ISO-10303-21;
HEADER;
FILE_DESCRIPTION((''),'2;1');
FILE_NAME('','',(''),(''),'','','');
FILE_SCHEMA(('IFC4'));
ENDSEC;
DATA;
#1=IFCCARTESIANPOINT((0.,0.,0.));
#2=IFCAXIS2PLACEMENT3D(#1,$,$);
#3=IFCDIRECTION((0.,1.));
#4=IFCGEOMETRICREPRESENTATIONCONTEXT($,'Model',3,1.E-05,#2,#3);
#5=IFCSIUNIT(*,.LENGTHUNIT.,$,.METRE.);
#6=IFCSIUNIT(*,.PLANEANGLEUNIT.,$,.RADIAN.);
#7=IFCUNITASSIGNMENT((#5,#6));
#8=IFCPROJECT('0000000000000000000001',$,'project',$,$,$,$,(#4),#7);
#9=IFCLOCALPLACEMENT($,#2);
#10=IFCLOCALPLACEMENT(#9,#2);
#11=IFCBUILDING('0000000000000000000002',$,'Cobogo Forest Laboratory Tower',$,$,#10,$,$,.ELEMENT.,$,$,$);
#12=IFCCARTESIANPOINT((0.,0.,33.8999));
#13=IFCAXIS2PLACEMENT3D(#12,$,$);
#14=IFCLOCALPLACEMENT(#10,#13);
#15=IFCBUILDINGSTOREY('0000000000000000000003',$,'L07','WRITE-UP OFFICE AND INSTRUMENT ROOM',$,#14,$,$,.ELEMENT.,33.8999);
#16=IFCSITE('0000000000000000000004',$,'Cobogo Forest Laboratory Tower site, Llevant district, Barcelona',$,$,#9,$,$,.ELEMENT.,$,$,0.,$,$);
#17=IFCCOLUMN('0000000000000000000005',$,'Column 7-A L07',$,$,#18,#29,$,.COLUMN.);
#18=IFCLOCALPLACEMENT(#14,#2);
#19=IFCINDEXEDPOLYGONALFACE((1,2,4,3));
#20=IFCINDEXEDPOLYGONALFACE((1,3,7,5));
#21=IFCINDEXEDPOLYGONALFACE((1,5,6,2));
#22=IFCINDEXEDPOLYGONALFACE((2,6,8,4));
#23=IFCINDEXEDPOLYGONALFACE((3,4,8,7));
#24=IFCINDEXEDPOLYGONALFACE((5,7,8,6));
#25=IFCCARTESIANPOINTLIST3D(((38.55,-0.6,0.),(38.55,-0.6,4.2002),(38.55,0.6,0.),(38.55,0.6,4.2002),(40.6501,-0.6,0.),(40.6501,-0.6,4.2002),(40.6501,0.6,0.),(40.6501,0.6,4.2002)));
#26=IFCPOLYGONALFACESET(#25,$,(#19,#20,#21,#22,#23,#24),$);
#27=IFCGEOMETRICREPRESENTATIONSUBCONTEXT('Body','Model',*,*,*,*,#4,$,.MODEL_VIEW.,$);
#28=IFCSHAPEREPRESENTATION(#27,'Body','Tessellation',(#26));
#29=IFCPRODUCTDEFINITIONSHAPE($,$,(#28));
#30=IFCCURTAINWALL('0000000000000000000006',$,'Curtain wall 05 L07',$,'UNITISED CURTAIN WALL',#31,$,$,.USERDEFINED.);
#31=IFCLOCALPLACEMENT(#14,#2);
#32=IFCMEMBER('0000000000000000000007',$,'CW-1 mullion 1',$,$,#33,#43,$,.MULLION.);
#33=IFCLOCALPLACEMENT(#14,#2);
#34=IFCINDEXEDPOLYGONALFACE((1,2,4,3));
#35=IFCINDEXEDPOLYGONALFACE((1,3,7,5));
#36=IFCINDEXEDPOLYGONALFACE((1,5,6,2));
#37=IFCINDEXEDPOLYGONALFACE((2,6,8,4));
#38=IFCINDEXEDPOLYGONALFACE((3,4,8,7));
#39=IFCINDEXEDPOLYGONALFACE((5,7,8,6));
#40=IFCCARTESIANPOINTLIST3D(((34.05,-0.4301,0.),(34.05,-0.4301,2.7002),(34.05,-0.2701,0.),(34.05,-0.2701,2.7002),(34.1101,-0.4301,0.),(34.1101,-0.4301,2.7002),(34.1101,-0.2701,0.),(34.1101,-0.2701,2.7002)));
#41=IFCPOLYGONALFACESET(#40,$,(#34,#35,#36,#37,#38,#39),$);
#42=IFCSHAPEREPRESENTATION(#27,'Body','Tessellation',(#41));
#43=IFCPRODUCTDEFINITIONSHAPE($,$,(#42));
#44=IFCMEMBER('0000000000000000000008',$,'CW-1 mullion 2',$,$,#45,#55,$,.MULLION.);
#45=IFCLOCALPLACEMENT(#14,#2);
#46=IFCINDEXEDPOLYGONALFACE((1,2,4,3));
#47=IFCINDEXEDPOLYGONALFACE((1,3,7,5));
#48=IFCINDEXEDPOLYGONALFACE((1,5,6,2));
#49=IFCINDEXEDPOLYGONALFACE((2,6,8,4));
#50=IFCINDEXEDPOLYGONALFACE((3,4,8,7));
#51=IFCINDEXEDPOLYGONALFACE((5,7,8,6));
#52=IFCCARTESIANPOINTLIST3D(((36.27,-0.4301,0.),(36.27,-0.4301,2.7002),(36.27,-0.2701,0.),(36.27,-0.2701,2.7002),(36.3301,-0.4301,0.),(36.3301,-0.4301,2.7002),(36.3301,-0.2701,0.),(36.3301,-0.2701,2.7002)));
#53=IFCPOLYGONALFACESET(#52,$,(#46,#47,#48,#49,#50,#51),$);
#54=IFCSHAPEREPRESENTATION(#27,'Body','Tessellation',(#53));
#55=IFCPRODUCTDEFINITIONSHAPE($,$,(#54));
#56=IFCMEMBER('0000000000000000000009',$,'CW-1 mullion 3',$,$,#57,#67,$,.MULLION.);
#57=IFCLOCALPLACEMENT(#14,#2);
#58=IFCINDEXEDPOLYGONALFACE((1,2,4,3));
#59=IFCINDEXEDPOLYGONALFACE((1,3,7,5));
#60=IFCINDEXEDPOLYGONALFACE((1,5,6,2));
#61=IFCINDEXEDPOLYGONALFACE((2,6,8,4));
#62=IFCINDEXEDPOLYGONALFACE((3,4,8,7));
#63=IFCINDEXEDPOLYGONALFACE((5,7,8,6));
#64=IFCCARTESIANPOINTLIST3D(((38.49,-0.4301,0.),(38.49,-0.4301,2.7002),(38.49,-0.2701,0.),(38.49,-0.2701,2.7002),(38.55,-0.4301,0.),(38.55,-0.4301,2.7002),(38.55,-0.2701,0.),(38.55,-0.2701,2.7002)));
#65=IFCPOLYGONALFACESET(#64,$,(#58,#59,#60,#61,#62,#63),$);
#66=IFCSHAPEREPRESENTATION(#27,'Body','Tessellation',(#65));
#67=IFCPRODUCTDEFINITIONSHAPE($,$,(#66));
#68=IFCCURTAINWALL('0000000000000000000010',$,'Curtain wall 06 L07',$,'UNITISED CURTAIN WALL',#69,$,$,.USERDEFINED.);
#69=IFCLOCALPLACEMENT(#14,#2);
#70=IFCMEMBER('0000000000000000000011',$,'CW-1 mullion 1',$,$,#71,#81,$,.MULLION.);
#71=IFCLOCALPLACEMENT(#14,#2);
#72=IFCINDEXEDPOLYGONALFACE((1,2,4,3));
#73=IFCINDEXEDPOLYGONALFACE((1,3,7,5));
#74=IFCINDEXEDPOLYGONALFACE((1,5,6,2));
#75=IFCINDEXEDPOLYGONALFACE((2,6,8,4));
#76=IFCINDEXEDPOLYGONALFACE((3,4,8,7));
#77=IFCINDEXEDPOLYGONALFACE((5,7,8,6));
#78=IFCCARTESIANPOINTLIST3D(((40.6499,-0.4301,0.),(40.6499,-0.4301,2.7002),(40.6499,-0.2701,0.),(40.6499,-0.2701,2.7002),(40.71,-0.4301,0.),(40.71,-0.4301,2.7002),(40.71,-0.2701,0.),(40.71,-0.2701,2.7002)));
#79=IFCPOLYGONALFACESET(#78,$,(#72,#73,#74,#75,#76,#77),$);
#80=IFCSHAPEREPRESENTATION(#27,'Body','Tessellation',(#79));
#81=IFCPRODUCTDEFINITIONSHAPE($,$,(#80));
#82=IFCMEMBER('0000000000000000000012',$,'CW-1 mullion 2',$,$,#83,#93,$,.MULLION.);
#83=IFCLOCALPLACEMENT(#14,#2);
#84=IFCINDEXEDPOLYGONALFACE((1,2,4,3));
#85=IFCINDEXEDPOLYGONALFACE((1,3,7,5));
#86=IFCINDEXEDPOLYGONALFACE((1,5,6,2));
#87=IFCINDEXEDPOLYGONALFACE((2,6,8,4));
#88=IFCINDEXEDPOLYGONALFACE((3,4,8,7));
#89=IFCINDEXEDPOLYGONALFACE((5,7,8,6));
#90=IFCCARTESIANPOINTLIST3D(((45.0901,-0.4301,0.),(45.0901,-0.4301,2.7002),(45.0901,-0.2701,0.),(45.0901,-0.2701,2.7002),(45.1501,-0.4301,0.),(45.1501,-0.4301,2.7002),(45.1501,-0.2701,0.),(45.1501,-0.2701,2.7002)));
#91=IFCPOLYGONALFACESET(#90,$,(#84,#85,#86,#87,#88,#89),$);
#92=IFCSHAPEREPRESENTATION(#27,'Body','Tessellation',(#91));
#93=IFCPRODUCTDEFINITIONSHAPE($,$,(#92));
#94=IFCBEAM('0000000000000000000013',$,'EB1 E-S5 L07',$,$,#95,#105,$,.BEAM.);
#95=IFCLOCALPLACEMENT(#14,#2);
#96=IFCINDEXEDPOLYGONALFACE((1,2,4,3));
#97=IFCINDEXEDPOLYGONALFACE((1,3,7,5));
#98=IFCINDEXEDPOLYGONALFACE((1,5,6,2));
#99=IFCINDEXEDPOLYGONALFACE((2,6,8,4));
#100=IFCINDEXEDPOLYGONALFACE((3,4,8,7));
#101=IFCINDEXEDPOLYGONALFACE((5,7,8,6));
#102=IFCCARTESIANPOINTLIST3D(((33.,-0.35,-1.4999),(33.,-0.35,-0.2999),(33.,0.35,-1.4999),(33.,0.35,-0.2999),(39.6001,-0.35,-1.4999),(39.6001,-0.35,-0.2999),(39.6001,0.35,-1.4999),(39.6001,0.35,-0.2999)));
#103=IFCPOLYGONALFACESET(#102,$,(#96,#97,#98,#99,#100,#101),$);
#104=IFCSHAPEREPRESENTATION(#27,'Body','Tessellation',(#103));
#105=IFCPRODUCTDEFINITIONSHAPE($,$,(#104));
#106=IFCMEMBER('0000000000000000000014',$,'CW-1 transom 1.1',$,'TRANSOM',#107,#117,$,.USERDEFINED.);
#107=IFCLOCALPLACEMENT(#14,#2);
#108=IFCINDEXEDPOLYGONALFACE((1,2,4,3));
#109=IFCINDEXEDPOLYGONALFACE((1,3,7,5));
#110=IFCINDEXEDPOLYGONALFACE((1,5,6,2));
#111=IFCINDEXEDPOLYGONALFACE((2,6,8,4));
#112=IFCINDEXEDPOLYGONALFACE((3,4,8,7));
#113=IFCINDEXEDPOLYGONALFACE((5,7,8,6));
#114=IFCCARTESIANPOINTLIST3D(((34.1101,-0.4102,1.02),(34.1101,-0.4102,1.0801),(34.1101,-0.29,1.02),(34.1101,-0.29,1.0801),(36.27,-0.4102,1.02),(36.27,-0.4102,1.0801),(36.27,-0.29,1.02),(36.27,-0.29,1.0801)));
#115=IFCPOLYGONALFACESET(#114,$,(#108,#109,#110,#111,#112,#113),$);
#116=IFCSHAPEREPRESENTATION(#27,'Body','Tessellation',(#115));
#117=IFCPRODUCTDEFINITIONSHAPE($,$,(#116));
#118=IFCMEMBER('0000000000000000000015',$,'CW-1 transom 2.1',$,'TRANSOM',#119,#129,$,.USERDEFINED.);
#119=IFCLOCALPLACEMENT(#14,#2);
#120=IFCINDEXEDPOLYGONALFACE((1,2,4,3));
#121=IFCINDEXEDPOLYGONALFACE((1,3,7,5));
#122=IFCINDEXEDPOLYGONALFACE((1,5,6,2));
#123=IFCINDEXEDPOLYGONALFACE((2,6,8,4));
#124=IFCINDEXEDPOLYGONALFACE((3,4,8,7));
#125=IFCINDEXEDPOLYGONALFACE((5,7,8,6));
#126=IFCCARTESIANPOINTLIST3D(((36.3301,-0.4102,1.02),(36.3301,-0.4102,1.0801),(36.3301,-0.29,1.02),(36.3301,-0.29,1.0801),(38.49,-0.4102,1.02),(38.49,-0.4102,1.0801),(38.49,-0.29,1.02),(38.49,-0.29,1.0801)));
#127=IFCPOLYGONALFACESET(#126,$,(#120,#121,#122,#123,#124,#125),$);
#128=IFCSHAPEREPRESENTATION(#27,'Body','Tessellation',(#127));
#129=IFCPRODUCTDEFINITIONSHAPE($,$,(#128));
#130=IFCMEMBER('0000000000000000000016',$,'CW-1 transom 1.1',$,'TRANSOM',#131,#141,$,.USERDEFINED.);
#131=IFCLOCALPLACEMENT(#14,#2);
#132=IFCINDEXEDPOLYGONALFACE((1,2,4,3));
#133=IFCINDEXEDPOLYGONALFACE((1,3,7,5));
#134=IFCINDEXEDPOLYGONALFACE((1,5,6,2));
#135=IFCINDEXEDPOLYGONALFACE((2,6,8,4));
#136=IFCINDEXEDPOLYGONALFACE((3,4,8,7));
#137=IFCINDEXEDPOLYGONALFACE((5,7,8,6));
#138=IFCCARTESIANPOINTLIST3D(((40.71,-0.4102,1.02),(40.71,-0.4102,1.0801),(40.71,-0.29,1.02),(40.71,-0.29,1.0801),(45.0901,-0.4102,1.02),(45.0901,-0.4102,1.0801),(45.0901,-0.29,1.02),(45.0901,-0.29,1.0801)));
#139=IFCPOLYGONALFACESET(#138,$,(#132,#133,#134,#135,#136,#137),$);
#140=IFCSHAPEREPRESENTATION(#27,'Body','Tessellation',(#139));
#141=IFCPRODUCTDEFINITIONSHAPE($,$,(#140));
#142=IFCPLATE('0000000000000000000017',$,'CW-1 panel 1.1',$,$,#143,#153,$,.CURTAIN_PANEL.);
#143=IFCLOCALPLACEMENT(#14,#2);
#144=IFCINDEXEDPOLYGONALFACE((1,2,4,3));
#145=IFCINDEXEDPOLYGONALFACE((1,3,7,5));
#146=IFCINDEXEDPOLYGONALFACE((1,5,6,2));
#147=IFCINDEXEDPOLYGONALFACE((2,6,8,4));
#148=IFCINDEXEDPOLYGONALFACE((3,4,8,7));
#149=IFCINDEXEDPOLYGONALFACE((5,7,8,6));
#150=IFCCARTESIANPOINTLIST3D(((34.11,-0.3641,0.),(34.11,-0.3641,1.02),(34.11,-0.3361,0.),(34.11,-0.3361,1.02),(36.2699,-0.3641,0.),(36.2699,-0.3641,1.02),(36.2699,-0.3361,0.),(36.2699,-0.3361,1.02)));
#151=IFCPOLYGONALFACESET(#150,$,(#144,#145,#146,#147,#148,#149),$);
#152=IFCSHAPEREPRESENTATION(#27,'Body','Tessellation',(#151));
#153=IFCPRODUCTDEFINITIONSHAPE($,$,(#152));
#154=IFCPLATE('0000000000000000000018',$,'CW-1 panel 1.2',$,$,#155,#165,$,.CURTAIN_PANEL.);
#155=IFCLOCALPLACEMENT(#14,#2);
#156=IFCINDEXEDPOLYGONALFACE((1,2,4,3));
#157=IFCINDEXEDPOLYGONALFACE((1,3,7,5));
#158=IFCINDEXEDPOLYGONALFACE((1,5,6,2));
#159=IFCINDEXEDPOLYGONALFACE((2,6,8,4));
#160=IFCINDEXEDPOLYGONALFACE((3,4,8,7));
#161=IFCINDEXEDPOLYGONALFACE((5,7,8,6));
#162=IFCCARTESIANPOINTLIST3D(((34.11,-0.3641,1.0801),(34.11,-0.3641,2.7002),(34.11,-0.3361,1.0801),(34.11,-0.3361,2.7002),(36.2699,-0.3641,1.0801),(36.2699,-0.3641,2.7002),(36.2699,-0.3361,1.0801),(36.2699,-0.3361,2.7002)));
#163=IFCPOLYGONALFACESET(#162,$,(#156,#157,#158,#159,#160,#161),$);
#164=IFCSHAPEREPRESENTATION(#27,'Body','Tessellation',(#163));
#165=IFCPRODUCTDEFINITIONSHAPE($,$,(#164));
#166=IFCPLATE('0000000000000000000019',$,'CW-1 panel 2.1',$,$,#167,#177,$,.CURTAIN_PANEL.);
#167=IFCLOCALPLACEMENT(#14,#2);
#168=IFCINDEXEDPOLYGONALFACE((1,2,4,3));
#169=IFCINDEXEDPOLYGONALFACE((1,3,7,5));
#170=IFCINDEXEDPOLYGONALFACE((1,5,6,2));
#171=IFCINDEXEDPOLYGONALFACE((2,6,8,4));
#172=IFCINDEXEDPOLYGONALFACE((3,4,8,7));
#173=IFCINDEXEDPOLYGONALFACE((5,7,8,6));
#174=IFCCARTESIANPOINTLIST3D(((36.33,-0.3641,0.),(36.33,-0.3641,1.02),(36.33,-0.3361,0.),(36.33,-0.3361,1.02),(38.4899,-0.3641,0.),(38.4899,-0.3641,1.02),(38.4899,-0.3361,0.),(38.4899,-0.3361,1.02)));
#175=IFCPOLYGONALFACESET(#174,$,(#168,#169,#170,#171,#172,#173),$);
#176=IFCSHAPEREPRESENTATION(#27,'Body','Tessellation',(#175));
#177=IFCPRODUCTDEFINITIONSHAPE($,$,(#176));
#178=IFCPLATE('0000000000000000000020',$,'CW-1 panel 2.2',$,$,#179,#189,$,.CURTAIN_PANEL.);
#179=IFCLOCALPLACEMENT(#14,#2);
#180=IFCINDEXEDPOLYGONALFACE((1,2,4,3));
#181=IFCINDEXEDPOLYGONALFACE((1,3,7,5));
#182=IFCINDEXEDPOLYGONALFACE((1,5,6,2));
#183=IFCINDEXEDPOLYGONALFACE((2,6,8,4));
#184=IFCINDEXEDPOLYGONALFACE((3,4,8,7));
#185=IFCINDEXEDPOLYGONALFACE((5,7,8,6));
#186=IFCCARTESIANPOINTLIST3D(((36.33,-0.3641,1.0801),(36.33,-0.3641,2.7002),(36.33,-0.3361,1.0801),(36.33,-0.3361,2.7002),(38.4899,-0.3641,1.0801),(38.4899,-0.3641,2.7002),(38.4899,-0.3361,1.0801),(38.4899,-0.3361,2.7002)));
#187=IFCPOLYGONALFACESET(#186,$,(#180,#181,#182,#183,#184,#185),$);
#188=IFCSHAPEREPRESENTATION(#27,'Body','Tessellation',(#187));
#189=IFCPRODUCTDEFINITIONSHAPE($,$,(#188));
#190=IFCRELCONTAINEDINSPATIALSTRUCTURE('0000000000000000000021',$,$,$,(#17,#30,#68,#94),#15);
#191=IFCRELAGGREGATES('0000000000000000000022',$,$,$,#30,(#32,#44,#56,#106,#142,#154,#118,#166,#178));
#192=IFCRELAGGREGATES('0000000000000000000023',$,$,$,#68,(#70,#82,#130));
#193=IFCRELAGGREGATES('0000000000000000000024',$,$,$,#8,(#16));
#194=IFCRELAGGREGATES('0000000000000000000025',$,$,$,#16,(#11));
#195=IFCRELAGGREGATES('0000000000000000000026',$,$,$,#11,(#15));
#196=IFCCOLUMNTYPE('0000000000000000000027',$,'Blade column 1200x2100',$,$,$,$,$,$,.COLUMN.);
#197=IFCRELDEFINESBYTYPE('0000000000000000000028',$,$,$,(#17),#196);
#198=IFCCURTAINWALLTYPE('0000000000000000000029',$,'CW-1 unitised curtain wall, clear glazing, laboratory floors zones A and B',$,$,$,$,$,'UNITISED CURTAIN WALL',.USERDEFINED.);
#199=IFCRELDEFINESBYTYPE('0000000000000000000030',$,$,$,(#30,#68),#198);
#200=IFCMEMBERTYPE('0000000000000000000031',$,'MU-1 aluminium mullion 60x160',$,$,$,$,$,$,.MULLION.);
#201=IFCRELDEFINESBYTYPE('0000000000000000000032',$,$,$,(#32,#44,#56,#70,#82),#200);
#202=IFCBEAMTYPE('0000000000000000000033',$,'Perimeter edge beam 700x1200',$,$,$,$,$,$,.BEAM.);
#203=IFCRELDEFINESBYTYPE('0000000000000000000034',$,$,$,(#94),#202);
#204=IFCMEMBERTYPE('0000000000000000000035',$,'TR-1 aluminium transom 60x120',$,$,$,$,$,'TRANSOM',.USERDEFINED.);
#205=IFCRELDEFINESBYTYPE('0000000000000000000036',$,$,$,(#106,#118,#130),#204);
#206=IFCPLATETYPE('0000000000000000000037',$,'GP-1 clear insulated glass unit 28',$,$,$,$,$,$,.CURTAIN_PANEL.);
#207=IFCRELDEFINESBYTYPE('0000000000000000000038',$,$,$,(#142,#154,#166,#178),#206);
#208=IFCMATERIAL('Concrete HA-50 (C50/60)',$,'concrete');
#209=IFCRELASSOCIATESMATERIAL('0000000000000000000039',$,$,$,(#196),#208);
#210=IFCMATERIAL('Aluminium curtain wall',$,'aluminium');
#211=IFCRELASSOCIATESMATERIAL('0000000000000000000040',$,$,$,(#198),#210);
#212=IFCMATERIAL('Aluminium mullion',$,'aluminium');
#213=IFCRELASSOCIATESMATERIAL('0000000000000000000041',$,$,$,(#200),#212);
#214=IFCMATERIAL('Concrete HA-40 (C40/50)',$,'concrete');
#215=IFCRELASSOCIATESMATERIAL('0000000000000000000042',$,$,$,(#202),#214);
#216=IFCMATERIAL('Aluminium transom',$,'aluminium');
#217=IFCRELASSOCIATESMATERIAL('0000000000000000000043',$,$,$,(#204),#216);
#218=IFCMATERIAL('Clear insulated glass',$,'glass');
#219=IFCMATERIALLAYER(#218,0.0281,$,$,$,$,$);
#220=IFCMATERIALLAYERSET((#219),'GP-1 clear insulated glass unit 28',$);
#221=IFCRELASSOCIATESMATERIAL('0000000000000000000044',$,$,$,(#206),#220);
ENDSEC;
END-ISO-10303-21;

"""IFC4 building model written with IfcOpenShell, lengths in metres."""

from ifc_helpers import new_model, si_unit, direction, frame, origin, origin_2d, place, context, subcontext, project, spatial, rectangle, extrude, material, layer, layer_set, material_profile, profile_set, type_object, element, aggregate, save


model = new_model("IFC4")

# Units and contexts
model_context = context("Model", 3, precision=1e-05, world=origin(), true_north=direction((0.0, 1.0)))
body_context = subcontext(model_context, "Body", "Model", "MODEL_VIEW")
ifc_project = project(units=[si_unit("LENGTHUNIT", "METRE"), si_unit("PLANEANGLEUNIT", "RADIAN")], contexts=[model_context])

# Site, building, storey
site_placement = place(None, origin())
site = spatial("IfcSite", under=ifc_project, at=site_placement, Name="Cobogo Forest Laboratory Tower site, Llevant district, Barcelona", CompositionType="ELEMENT", RefElevation=0.0)
building_placement = place(site_placement, origin())
building = spatial("IfcBuilding", under=site, at=building_placement, Name="Cobogo Forest Laboratory Tower", CompositionType="ELEMENT")
storey_placement = place(building_placement, frame((0.0, 0.0, 33.8999)))
storey = spatial("IfcBuildingStorey", under=building, at=storey_placement, Name="L07", Description="WRITE-UP OFFICE AND INSTRUMENT ROOM", CompositionType="ELEMENT", Elevation=33.8999)

# Column
ifc_material_1 = material(Name="Concrete HA-50 (C50/60)", Category="concrete")
ifc_material_profile_1 = material_profile(ifc_material_1, rectangle(XDim=2.1001, YDim=1.2, at=origin_2d()), Name="RC 1200x2100")
ifc_profile_set_1 = profile_set([ifc_material_profile_1], Name="Concrete HA-50 (C50/60)")
column_type = type_object("IfcColumnType", Name="Blade column 1200x2100", PredefinedType="COLUMN", material=ifc_profile_set_1)
column_placement = place(storey_placement, frame((39.6001, 0.0, 0.0), z_axis=(0.0, 0.0, 1.0), x_axis=(1.0, 0.0, 0.0)))
element("IfcColumn", 1, at=column_placement, inside=storey, type_object=column_type, Name="Column 7-A L07", PredefinedType="COLUMN", context=body_context, shape_type="SweptSolid", body=[
    extrude(rectangle(XDim=2.1001, YDim=1.2, at=origin_2d()), origin(), (0.0, 0.0, 1.0), 4.2002),
])

# Curtain walls, members
ifc_material_2 = material(Name="Aluminium curtain wall", Category="aluminium")
curtain_wall_type = type_object("IfcCurtainWallType", Name="CW-1 unitised curtain wall, clear glazing, laboratory floors zones A and B", ElementType="UNITISED CURTAIN WALL", PredefinedType="USERDEFINED", material=ifc_material_2)
curtain_wall_1_placement = place(storey_placement, origin())
curtain_wall_1 = element("IfcCurtainWall", 2, at=curtain_wall_1_placement, inside=storey, type_object=curtain_wall_type, Name="Curtain wall 05 L07", ObjectType="UNITISED CURTAIN WALL", PredefinedType="USERDEFINED")
ifc_material_3 = material(Name="Aluminium mullion", Category="aluminium")
ifc_material_profile_2 = material_profile(ifc_material_3, rectangle(XDim=0.0601, YDim=0.1599, at=origin_2d()), Name="AL 60x160")
ifc_profile_set_2 = profile_set([ifc_material_profile_2], Name="Aluminium mullion")
member_type_1 = type_object("IfcMemberType", Name="MU-1 aluminium mullion 60x160", PredefinedType="MULLION", material=ifc_profile_set_2)
member_1_placement = place(storey_placement, frame((34.0801, -0.3501, 0.0), z_axis=(0.0, 0.0, 1.0), x_axis=(1.0, 0.0, 0.0)))
member_1 = element("IfcMember", 3, at=member_1_placement, type_object=member_type_1, Name="CW-1 mullion 1", PredefinedType="MULLION", context=body_context, shape_type="SweptSolid", body=[
    extrude(rectangle(XDim=0.0601, YDim=0.1599, at=origin_2d()), origin(), (0.0, 0.0, 1.0), 2.7002),
])
member_2_placement = place(storey_placement, frame((36.3, -0.3501, 0.0), z_axis=(0.0, 0.0, 1.0), x_axis=(1.0, 0.0, 0.0)))
member_2 = element("IfcMember", 4, at=member_2_placement, type_object=member_type_1, Name="CW-1 mullion 2", PredefinedType="MULLION", context=body_context, shape_type="SweptSolid", body=[
    extrude(rectangle(XDim=0.0601, YDim=0.1599, at=origin_2d()), origin(), (0.0, 0.0, 1.0), 2.7002),
])
member_3_placement = place(storey_placement, frame((38.52, -0.3501, 0.0), z_axis=(0.0, 0.0, 1.0), x_axis=(1.0, 0.0, 0.0)))
member_3 = element("IfcMember", 5, at=member_3_placement, type_object=member_type_1, Name="CW-1 mullion 3", PredefinedType="MULLION", context=body_context, shape_type="SweptSolid", body=[
    extrude(rectangle(XDim=0.0601, YDim=0.1599, at=origin_2d()), origin(), (0.0, 0.0, 1.0), 2.7002),
])
curtain_wall_2_placement = place(storey_placement, origin())
curtain_wall_2 = element("IfcCurtainWall", 6, at=curtain_wall_2_placement, inside=storey, type_object=curtain_wall_type, Name="Curtain wall 06 L07", ObjectType="UNITISED CURTAIN WALL", PredefinedType="USERDEFINED")
member_4_placement = place(storey_placement, frame((40.6799, -0.3501, 0.0), z_axis=(0.0, 0.0, 1.0), x_axis=(1.0, 0.0, 0.0)))
member_4 = element("IfcMember", 7, at=member_4_placement, type_object=member_type_1, Name="CW-1 mullion 1", PredefinedType="MULLION", context=body_context, shape_type="SweptSolid", body=[
    extrude(rectangle(XDim=0.0601, YDim=0.1599, at=origin_2d()), origin(), (0.0, 0.0, 1.0), 2.7002),
])
member_5_placement = place(storey_placement, frame((45.1201, -0.3501, 0.0), z_axis=(0.0, 0.0, 1.0), x_axis=(1.0, 0.0, 0.0)))
member_5 = element("IfcMember", 8, at=member_5_placement, type_object=member_type_1, Name="CW-1 mullion 2", PredefinedType="MULLION", context=body_context, shape_type="SweptSolid", body=[
    extrude(rectangle(XDim=0.0601, YDim=0.1599, at=origin_2d()), origin(), (0.0, 0.0, 1.0), 2.7002),
])

# Beam
ifc_material_4 = material(Name="Concrete HA-40 (C40/50)", Category="concrete")
ifc_material_profile_3 = material_profile(ifc_material_4, rectangle(XDim=0.7, YDim=1.2, at=origin_2d()), Name="RC 700x1200")
ifc_profile_set_3 = profile_set([ifc_material_profile_3], Name="Concrete HA-40 (C40/50)")
beam_type = type_object("IfcBeamType", Name="Perimeter edge beam 700x1200", PredefinedType="BEAM", material=ifc_profile_set_3)
beam_placement = place(storey_placement, frame((33.0, 0.0, -0.8999), z_axis=(1.0, 0.0, 0.0), x_axis=(0.0, 1.0, 0.0)))
element("IfcBeam", 9, at=beam_placement, inside=storey, type_object=beam_type, Name="EB1 E-S5 L07", PredefinedType="BEAM", context=body_context, shape_type="SweptSolid", body=[
    extrude(rectangle(XDim=0.7, YDim=1.2, at=origin_2d()), origin(), (0.0, 0.0, 1.0), 6.6001),
])

# Members
ifc_material_5 = material(Name="Aluminium transom", Category="aluminium")
ifc_material_profile_4 = material_profile(ifc_material_5, rectangle(XDim=0.1201, YDim=0.0601, at=origin_2d()), Name="AL 60x120")
ifc_profile_set_4 = profile_set([ifc_material_profile_4], Name="Aluminium transom")
member_type_2 = type_object("IfcMemberType", Name="TR-1 aluminium transom 60x120", ElementType="TRANSOM", PredefinedType="USERDEFINED", material=ifc_profile_set_4)
member_6_placement = place(storey_placement, frame((34.1101, -0.3501, 1.05), z_axis=(1.0, 0.0, 0.0), x_axis=(0.0, 1.0, 0.0)))
member_6 = element("IfcMember", 10, at=member_6_placement, type_object=member_type_2, Name="CW-1 transom 1.1", ObjectType="TRANSOM", PredefinedType="USERDEFINED", context=body_context, shape_type="SweptSolid", body=[
    extrude(rectangle(XDim=0.1201, YDim=0.0601, at=origin_2d()), origin(), (0.0, 0.0, 1.0), 2.1599),
])
member_7_placement = place(storey_placement, frame((36.3301, -0.3501, 1.05), z_axis=(1.0, 0.0, 0.0), x_axis=(0.0, 1.0, 0.0)))
member_7 = element("IfcMember", 11, at=member_7_placement, type_object=member_type_2, Name="CW-1 transom 2.1", ObjectType="TRANSOM", PredefinedType="USERDEFINED", context=body_context, shape_type="SweptSolid", body=[
    extrude(rectangle(XDim=0.1201, YDim=0.0601, at=origin_2d()), origin(), (0.0, 0.0, 1.0), 2.1599),
])
member_8_placement = place(storey_placement, frame((40.71, -0.3501, 1.05), z_axis=(1.0, 0.0, 0.0), x_axis=(0.0, 1.0, 0.0)))
member_8 = element("IfcMember", 12, at=member_8_placement, type_object=member_type_2, Name="CW-1 transom 1.1", ObjectType="TRANSOM", PredefinedType="USERDEFINED", context=body_context, shape_type="SweptSolid", body=[
    extrude(rectangle(XDim=0.1201, YDim=0.0601, at=origin_2d()), origin(), (0.0, 0.0, 1.0), 4.3801),
])

# Plates
ifc_material_6 = material(Name="Clear insulated glass", Category="glass")
ifc_layer_1 = layer(ifc_material_6, 0.0281)
ifc_layer_set_1 = layer_set([ifc_layer_1], Name="GP-1 clear insulated glass unit 28")
plate_type_1 = type_object("IfcPlateType", Name="GP-1 clear insulated glass unit 28", PredefinedType="CURTAIN_PANEL", material=ifc_layer_set_1)
plate_1_placement = place(storey_placement, frame((35.1899, -0.3501, 0.0), z_axis=(0.0, 0.0, 1.0), x_axis=(1.0, 0.0, 0.0)))
plate_1 = element("IfcPlate", 13, at=plate_1_placement, type_object=plate_type_1, Name="CW-1 panel 1.1", PredefinedType="CURTAIN_PANEL", context=body_context, shape_type="SweptSolid", body=[
    extrude(rectangle(XDim=2.1599, YDim=0.0281, at=origin_2d()), origin(), (0.0, 0.0, 1.0), 1.02),
])
plate_2_placement = place(storey_placement, frame((35.1899, -0.3501, 1.0801), z_axis=(0.0, 0.0, 1.0), x_axis=(1.0, 0.0, 0.0)))
plate_2 = element("IfcPlate", 14, at=plate_2_placement, type_object=plate_type_1, Name="CW-1 panel 1.2", PredefinedType="CURTAIN_PANEL", context=body_context, shape_type="SweptSolid", body=[
    extrude(rectangle(XDim=2.1599, YDim=0.0281, at=origin_2d()), origin(), (0.0, 0.0, 1.0), 1.6201),
])
plate_3_placement = place(storey_placement, frame((37.4099, -0.3501, 0.0), z_axis=(0.0, 0.0, 1.0), x_axis=(1.0, 0.0, 0.0)))
plate_3 = element("IfcPlate", 15, at=plate_3_placement, type_object=plate_type_1, Name="CW-1 panel 2.1", PredefinedType="CURTAIN_PANEL", context=body_context, shape_type="SweptSolid", body=[
    extrude(rectangle(XDim=2.1599, YDim=0.0281, at=origin_2d()), origin(), (0.0, 0.0, 1.0), 1.02),
])
plate_4_placement = place(storey_placement, frame((37.4099, -0.3501, 1.0801), z_axis=(0.0, 0.0, 1.0), x_axis=(1.0, 0.0, 0.0)))
plate_4 = element("IfcPlate", 16, at=plate_4_placement, type_object=plate_type_1, Name="CW-1 panel 2.2", PredefinedType="CURTAIN_PANEL", context=body_context, shape_type="SweptSolid", body=[
    extrude(rectangle(XDim=2.1599, YDim=0.0281, at=origin_2d()), origin(), (0.0, 0.0, 1.0), 1.6201),
])
aggregate(curtain_wall_1, [member_1, member_2, member_3, member_6, plate_1, plate_2, member_7, plate_3, plate_4])
aggregate(curtain_wall_2, [member_4, member_5, member_8])

save(model, "model.ifc")
